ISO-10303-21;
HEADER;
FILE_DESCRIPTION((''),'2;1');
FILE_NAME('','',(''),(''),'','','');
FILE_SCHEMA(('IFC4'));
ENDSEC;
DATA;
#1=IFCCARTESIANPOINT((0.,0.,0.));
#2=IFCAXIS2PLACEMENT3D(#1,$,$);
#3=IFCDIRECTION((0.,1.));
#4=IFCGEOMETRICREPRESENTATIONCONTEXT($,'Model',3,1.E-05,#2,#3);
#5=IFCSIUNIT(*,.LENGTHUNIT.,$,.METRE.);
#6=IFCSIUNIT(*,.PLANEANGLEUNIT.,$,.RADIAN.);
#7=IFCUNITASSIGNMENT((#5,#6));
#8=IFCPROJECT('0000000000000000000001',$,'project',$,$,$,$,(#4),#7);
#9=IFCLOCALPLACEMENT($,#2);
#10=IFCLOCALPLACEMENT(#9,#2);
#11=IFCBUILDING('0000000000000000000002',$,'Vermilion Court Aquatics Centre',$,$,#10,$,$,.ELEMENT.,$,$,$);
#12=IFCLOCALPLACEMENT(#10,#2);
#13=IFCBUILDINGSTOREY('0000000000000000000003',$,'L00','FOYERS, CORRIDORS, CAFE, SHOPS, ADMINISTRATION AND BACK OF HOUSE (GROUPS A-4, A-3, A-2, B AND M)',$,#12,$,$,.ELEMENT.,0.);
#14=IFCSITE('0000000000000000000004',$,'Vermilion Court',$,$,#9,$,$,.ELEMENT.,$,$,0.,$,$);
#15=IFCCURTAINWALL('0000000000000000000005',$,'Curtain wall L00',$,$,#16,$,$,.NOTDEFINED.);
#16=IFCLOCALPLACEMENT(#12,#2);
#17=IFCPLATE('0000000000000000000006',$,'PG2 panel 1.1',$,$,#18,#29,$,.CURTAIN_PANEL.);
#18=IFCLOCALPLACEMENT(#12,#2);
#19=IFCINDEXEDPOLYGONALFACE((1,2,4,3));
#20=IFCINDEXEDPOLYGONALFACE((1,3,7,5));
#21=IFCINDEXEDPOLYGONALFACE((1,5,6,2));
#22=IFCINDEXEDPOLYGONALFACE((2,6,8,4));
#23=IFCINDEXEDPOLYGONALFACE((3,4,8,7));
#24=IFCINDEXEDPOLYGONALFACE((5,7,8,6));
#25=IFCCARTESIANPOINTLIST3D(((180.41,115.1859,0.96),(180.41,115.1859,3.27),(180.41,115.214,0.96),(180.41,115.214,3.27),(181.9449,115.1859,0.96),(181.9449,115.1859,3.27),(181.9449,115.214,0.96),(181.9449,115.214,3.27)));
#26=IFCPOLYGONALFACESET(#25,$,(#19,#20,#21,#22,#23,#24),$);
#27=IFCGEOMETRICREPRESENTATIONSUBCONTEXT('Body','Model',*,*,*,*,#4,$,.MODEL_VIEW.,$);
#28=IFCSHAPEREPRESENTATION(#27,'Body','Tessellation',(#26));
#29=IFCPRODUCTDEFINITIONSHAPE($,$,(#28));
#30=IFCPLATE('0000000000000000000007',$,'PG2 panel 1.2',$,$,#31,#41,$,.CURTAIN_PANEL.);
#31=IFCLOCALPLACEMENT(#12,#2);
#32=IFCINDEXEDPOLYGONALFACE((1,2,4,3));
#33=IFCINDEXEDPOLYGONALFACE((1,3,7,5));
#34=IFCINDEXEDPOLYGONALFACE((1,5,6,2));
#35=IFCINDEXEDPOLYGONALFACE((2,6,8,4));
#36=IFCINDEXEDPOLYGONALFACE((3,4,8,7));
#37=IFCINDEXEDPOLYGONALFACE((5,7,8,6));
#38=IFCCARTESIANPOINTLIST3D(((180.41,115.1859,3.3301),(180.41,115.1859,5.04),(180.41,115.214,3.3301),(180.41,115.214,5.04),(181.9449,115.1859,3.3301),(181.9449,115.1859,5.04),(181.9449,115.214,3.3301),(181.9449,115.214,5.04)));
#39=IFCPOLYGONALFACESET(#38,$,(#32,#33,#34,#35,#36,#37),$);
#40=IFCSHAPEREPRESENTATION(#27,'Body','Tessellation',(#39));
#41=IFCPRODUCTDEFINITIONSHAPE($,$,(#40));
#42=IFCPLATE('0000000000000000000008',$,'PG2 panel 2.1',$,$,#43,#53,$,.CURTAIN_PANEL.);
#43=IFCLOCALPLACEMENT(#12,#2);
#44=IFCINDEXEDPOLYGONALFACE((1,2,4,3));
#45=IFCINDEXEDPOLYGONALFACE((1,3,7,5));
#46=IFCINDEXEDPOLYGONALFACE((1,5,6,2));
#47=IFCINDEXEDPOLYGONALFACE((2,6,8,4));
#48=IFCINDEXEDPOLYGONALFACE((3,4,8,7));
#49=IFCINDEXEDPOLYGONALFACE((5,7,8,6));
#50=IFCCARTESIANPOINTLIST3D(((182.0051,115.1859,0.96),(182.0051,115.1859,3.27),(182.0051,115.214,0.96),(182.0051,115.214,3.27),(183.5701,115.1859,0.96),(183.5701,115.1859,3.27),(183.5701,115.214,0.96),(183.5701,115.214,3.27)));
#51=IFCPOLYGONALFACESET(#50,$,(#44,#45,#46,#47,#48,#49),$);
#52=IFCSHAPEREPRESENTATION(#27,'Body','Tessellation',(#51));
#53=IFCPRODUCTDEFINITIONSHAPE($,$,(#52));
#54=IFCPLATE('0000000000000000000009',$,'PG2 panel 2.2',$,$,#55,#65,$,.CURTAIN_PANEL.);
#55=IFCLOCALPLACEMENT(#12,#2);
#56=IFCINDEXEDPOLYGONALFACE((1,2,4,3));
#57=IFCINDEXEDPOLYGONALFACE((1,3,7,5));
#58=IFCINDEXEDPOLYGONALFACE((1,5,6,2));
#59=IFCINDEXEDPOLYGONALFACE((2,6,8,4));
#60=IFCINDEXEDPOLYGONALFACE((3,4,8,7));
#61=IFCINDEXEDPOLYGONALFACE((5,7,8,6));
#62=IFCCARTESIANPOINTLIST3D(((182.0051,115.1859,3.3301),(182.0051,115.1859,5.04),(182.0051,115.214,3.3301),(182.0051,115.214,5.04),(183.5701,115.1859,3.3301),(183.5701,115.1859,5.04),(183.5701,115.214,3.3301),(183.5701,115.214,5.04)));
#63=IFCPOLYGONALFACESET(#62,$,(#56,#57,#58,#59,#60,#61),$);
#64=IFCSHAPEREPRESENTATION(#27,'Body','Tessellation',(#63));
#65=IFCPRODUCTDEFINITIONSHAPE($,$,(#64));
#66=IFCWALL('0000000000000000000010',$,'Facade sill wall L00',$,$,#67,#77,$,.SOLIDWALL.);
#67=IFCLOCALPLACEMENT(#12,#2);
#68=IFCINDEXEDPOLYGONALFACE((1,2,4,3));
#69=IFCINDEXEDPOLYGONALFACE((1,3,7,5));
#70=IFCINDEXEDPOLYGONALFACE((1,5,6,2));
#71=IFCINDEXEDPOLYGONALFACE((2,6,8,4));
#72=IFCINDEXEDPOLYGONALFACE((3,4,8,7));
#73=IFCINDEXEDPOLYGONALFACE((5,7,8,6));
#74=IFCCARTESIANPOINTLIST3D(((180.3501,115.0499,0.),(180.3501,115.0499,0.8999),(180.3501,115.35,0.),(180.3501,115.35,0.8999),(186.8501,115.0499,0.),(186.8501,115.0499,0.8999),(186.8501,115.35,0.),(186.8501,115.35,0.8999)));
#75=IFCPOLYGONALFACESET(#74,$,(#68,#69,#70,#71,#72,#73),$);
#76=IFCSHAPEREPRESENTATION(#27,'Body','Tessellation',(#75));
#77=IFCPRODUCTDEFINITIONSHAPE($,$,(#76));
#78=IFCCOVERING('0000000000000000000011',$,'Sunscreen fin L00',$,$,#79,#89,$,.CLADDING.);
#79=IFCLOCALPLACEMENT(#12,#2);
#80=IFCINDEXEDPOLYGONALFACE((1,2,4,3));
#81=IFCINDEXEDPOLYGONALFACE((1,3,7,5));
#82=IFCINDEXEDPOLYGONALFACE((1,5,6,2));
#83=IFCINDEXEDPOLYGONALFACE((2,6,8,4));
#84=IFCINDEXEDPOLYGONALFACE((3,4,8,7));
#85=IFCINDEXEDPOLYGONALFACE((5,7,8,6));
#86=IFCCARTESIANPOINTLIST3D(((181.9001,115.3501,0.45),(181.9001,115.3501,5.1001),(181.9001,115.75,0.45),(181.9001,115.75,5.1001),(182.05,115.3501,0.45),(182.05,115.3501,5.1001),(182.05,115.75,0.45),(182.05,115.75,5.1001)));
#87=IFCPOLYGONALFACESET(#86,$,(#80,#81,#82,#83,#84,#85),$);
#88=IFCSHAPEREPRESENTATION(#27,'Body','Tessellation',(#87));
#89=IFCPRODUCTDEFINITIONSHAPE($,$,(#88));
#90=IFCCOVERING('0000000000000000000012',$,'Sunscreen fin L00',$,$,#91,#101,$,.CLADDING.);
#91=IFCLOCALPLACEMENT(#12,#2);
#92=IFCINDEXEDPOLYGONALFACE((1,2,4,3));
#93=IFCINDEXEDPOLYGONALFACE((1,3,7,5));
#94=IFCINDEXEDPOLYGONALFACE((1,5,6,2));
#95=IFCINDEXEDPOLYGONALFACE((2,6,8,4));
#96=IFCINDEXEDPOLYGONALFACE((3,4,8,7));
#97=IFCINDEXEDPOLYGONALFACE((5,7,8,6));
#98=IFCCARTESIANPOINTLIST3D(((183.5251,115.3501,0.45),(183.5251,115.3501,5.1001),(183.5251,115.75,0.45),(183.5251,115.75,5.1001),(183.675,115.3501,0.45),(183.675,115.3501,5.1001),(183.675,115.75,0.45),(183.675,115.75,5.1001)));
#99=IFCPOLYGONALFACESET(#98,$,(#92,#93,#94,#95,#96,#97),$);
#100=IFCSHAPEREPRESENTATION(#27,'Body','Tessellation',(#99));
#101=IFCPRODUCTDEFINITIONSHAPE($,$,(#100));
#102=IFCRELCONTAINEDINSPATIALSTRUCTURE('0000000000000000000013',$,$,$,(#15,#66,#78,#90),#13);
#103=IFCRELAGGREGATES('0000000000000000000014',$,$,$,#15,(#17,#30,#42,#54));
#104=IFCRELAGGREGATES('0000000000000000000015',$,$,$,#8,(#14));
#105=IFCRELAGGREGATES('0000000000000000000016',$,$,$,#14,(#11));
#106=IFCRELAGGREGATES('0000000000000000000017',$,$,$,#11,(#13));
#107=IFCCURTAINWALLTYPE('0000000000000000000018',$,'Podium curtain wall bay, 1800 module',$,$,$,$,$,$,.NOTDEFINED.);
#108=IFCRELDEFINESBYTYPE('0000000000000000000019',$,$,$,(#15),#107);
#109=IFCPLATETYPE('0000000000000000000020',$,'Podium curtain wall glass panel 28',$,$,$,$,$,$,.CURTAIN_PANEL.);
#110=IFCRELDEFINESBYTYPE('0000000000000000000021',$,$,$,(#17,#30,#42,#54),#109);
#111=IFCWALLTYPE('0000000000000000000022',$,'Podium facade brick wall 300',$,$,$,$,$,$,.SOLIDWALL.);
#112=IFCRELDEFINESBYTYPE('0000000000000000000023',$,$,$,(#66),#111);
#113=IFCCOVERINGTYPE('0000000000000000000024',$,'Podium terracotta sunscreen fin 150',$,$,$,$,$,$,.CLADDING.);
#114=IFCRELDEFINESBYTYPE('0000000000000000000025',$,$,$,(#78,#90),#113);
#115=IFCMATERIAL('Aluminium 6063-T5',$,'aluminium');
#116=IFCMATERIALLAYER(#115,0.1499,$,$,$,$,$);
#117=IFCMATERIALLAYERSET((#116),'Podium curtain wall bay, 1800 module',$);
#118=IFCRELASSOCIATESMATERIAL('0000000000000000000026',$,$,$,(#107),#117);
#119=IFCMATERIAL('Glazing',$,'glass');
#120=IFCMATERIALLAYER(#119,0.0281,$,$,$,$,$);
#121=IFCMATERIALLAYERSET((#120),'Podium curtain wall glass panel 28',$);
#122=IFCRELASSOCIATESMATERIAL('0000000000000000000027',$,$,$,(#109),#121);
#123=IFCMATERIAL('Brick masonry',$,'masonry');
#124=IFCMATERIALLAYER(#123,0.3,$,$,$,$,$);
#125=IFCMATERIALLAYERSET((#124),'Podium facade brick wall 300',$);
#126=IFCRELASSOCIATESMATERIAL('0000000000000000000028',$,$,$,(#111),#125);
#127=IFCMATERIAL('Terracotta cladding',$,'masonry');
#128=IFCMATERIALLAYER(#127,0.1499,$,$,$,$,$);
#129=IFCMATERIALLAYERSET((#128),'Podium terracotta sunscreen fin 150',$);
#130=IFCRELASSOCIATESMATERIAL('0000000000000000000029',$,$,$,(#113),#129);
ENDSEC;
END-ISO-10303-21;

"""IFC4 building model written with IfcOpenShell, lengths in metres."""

from ifc_helpers import new_model, si_unit, direction, frame, frame_2d, origin, origin_2d, place, context, subcontext, project, spatial, rectangle, extrude, material, layer, layer_set, type_object, element, aggregate, save


model = new_model("IFC4")

# Units and contexts
model_context = context("Model", 3, precision=1e-05, world=origin(), true_north=direction((0.0, 1.0)))
body_context = subcontext(model_context, "Body", "Model", "MODEL_VIEW")
ifc_project = project(units=[si_unit("LENGTHUNIT", "METRE"), si_unit("PLANEANGLEUNIT", "RADIAN")], contexts=[model_context])

# Site, building, storey
site_placement = place(None, origin())
site = spatial("IfcSite", under=ifc_project, at=site_placement, Name="Vermilion Court", CompositionType="ELEMENT", RefElevation=0.0)
building_placement = place(site_placement, origin())
building = spatial("IfcBuilding", under=site, at=building_placement, Name="Vermilion Court Aquatics Centre", CompositionType="ELEMENT")
storey_placement = place(building_placement, origin())
storey = spatial("IfcBuildingStorey", under=building, at=storey_placement, Name="L00", Description="FOYERS, CORRIDORS, CAFE, SHOPS, ADMINISTRATION AND BACK OF HOUSE (GROUPS A-4, A-3, A-2, B AND M)", CompositionType="ELEMENT", Elevation=0.0)

# Curtain wall
ifc_material_1 = material(Name="Aluminium 6063-T5", Category="aluminium")
ifc_layer_1 = layer(ifc_material_1, 0.1499)
ifc_layer_set_1 = layer_set([ifc_layer_1], Name="Podium curtain wall bay, 1800 module")
curtain_wall_type = type_object("IfcCurtainWallType", Name="Podium curtain wall bay, 1800 module", PredefinedType="NOTDEFINED", material=ifc_layer_set_1)
curtain_wall_placement = place(storey_placement, origin())
curtain_wall = element("IfcCurtainWall", 1, at=curtain_wall_placement, inside=storey, type_object=curtain_wall_type, Name="Curtain wall L00", PredefinedType="NOTDEFINED")

# Plates
ifc_material_2 = material(Name="Glazing", Category="glass")
ifc_layer_2 = layer(ifc_material_2, 0.0281)
ifc_layer_set_2 = layer_set([ifc_layer_2], Name="Podium curtain wall glass panel 28")
plate_type = type_object("IfcPlateType", Name="Podium curtain wall glass panel 28", PredefinedType="CURTAIN_PANEL", material=ifc_layer_set_2)
plate_1_placement = place(storey_placement, frame((181.1775, 115.2, 0.96), z_axis=(0.0, 0.0, 1.0), x_axis=(1.0, 0.0, 0.0)))
plate_1 = element("IfcPlate", 2, at=plate_1_placement, type_object=plate_type, Name="PG2 panel 1.1", PredefinedType="CURTAIN_PANEL", context=body_context, shape_type="SweptSolid", body=[
    extrude(rectangle(XDim=1.5349, YDim=0.0281, at=origin_2d()), origin(), (0.0, 0.0, 1.0), 2.3101),
])
plate_2_placement = place(storey_placement, frame((181.1775, 115.2, 3.3301), z_axis=(0.0, 0.0, 1.0), x_axis=(1.0, 0.0, 0.0)))
plate_2 = element("IfcPlate", 3, at=plate_2_placement, type_object=plate_type, Name="PG2 panel 1.2", PredefinedType="CURTAIN_PANEL", context=body_context, shape_type="SweptSolid", body=[
    extrude(rectangle(XDim=1.5349, YDim=0.0281, at=origin_2d()), origin(), (0.0, 0.0, 1.0), 1.71),
])
plate_3_placement = place(storey_placement, frame((182.7876, 115.2, 0.96), z_axis=(0.0, 0.0, 1.0), x_axis=(1.0, 0.0, 0.0)))
plate_3 = element("IfcPlate", 4, at=plate_3_placement, type_object=plate_type, Name="PG2 panel 2.1", PredefinedType="CURTAIN_PANEL", context=body_context, shape_type="SweptSolid", body=[
    extrude(rectangle(XDim=1.5649, YDim=0.0281, at=origin_2d()), origin(), (0.0, 0.0, 1.0), 2.3101),
])
plate_4_placement = place(storey_placement, frame((182.7876, 115.2, 3.3301), z_axis=(0.0, 0.0, 1.0), x_axis=(1.0, 0.0, 0.0)))
plate_4 = element("IfcPlate", 5, at=plate_4_placement, type_object=plate_type, Name="PG2 panel 2.2", PredefinedType="CURTAIN_PANEL", context=body_context, shape_type="SweptSolid", body=[
    extrude(rectangle(XDim=1.5649, YDim=0.0281, at=origin_2d()), origin(), (0.0, 0.0, 1.0), 1.71),
])
aggregate(curtain_wall, [plate_1, plate_2, plate_3, plate_4])

# Wall
ifc_material_3 = material(Name="Brick masonry", Category="masonry")
ifc_layer_3 = layer(ifc_material_3, 0.3)
ifc_layer_set_3 = layer_set([ifc_layer_3], Name="Podium facade brick wall 300")
wall_type = type_object("IfcWallType", Name="Podium facade brick wall 300", PredefinedType="SOLIDWALL", material=ifc_layer_set_3)
wall_placement = place(storey_placement, frame((180.3501, 115.2, 0.0), z_axis=(0.0, 0.0, 1.0), x_axis=(1.0, 0.0, 0.0)))
element("IfcWall", 6, at=wall_placement, inside=storey, type_object=wall_type, Name="Facade sill wall L00", PredefinedType="SOLIDWALL", context=body_context, shape_type="SweptSolid", body=[
    extrude(rectangle(XDim=6.5, YDim=0.3, at=frame_2d((3.25, 0.0))), origin(), (0.0, 0.0, 1.0), 0.8999),
])

# Coverings
ifc_material_4 = material(Name="Terracotta cladding", Category="masonry")
ifc_layer_4 = layer(ifc_material_4, 0.1499)
ifc_layer_set_4 = layer_set([ifc_layer_4], Name="Podium terracotta sunscreen fin 150")
covering_type = type_object("IfcCoveringType", Name="Podium terracotta sunscreen fin 150", PredefinedType="CLADDING", material=ifc_layer_set_4)
for number, where, z_axis, x_axis, name in (
    (7, (181.9751, 115.3501, 0.45), (0.0, 0.0, 1.0), (0.0, 1.0, 0.0), "Sunscreen fin L00"),
    (8, (183.6001, 115.3501, 0.45), (0.0, 0.0, 1.0), (0.0, 1.0, 0.0), "Sunscreen fin L00"),
):
    element("IfcCovering", number, at=place(storey_placement, frame(where, z_axis=z_axis, x_axis=x_axis)), inside=storey, type_object=covering_type, Name=name, PredefinedType="CLADDING", context=body_context, shape_type="SweptSolid", body=[
        extrude(rectangle(XDim=0.3999, YDim=0.1499, at=frame_2d((0.2, 0.0))), origin(), (0.0, 0.0, 1.0), 4.6501),
    ])

save(model, "model.ifc")
